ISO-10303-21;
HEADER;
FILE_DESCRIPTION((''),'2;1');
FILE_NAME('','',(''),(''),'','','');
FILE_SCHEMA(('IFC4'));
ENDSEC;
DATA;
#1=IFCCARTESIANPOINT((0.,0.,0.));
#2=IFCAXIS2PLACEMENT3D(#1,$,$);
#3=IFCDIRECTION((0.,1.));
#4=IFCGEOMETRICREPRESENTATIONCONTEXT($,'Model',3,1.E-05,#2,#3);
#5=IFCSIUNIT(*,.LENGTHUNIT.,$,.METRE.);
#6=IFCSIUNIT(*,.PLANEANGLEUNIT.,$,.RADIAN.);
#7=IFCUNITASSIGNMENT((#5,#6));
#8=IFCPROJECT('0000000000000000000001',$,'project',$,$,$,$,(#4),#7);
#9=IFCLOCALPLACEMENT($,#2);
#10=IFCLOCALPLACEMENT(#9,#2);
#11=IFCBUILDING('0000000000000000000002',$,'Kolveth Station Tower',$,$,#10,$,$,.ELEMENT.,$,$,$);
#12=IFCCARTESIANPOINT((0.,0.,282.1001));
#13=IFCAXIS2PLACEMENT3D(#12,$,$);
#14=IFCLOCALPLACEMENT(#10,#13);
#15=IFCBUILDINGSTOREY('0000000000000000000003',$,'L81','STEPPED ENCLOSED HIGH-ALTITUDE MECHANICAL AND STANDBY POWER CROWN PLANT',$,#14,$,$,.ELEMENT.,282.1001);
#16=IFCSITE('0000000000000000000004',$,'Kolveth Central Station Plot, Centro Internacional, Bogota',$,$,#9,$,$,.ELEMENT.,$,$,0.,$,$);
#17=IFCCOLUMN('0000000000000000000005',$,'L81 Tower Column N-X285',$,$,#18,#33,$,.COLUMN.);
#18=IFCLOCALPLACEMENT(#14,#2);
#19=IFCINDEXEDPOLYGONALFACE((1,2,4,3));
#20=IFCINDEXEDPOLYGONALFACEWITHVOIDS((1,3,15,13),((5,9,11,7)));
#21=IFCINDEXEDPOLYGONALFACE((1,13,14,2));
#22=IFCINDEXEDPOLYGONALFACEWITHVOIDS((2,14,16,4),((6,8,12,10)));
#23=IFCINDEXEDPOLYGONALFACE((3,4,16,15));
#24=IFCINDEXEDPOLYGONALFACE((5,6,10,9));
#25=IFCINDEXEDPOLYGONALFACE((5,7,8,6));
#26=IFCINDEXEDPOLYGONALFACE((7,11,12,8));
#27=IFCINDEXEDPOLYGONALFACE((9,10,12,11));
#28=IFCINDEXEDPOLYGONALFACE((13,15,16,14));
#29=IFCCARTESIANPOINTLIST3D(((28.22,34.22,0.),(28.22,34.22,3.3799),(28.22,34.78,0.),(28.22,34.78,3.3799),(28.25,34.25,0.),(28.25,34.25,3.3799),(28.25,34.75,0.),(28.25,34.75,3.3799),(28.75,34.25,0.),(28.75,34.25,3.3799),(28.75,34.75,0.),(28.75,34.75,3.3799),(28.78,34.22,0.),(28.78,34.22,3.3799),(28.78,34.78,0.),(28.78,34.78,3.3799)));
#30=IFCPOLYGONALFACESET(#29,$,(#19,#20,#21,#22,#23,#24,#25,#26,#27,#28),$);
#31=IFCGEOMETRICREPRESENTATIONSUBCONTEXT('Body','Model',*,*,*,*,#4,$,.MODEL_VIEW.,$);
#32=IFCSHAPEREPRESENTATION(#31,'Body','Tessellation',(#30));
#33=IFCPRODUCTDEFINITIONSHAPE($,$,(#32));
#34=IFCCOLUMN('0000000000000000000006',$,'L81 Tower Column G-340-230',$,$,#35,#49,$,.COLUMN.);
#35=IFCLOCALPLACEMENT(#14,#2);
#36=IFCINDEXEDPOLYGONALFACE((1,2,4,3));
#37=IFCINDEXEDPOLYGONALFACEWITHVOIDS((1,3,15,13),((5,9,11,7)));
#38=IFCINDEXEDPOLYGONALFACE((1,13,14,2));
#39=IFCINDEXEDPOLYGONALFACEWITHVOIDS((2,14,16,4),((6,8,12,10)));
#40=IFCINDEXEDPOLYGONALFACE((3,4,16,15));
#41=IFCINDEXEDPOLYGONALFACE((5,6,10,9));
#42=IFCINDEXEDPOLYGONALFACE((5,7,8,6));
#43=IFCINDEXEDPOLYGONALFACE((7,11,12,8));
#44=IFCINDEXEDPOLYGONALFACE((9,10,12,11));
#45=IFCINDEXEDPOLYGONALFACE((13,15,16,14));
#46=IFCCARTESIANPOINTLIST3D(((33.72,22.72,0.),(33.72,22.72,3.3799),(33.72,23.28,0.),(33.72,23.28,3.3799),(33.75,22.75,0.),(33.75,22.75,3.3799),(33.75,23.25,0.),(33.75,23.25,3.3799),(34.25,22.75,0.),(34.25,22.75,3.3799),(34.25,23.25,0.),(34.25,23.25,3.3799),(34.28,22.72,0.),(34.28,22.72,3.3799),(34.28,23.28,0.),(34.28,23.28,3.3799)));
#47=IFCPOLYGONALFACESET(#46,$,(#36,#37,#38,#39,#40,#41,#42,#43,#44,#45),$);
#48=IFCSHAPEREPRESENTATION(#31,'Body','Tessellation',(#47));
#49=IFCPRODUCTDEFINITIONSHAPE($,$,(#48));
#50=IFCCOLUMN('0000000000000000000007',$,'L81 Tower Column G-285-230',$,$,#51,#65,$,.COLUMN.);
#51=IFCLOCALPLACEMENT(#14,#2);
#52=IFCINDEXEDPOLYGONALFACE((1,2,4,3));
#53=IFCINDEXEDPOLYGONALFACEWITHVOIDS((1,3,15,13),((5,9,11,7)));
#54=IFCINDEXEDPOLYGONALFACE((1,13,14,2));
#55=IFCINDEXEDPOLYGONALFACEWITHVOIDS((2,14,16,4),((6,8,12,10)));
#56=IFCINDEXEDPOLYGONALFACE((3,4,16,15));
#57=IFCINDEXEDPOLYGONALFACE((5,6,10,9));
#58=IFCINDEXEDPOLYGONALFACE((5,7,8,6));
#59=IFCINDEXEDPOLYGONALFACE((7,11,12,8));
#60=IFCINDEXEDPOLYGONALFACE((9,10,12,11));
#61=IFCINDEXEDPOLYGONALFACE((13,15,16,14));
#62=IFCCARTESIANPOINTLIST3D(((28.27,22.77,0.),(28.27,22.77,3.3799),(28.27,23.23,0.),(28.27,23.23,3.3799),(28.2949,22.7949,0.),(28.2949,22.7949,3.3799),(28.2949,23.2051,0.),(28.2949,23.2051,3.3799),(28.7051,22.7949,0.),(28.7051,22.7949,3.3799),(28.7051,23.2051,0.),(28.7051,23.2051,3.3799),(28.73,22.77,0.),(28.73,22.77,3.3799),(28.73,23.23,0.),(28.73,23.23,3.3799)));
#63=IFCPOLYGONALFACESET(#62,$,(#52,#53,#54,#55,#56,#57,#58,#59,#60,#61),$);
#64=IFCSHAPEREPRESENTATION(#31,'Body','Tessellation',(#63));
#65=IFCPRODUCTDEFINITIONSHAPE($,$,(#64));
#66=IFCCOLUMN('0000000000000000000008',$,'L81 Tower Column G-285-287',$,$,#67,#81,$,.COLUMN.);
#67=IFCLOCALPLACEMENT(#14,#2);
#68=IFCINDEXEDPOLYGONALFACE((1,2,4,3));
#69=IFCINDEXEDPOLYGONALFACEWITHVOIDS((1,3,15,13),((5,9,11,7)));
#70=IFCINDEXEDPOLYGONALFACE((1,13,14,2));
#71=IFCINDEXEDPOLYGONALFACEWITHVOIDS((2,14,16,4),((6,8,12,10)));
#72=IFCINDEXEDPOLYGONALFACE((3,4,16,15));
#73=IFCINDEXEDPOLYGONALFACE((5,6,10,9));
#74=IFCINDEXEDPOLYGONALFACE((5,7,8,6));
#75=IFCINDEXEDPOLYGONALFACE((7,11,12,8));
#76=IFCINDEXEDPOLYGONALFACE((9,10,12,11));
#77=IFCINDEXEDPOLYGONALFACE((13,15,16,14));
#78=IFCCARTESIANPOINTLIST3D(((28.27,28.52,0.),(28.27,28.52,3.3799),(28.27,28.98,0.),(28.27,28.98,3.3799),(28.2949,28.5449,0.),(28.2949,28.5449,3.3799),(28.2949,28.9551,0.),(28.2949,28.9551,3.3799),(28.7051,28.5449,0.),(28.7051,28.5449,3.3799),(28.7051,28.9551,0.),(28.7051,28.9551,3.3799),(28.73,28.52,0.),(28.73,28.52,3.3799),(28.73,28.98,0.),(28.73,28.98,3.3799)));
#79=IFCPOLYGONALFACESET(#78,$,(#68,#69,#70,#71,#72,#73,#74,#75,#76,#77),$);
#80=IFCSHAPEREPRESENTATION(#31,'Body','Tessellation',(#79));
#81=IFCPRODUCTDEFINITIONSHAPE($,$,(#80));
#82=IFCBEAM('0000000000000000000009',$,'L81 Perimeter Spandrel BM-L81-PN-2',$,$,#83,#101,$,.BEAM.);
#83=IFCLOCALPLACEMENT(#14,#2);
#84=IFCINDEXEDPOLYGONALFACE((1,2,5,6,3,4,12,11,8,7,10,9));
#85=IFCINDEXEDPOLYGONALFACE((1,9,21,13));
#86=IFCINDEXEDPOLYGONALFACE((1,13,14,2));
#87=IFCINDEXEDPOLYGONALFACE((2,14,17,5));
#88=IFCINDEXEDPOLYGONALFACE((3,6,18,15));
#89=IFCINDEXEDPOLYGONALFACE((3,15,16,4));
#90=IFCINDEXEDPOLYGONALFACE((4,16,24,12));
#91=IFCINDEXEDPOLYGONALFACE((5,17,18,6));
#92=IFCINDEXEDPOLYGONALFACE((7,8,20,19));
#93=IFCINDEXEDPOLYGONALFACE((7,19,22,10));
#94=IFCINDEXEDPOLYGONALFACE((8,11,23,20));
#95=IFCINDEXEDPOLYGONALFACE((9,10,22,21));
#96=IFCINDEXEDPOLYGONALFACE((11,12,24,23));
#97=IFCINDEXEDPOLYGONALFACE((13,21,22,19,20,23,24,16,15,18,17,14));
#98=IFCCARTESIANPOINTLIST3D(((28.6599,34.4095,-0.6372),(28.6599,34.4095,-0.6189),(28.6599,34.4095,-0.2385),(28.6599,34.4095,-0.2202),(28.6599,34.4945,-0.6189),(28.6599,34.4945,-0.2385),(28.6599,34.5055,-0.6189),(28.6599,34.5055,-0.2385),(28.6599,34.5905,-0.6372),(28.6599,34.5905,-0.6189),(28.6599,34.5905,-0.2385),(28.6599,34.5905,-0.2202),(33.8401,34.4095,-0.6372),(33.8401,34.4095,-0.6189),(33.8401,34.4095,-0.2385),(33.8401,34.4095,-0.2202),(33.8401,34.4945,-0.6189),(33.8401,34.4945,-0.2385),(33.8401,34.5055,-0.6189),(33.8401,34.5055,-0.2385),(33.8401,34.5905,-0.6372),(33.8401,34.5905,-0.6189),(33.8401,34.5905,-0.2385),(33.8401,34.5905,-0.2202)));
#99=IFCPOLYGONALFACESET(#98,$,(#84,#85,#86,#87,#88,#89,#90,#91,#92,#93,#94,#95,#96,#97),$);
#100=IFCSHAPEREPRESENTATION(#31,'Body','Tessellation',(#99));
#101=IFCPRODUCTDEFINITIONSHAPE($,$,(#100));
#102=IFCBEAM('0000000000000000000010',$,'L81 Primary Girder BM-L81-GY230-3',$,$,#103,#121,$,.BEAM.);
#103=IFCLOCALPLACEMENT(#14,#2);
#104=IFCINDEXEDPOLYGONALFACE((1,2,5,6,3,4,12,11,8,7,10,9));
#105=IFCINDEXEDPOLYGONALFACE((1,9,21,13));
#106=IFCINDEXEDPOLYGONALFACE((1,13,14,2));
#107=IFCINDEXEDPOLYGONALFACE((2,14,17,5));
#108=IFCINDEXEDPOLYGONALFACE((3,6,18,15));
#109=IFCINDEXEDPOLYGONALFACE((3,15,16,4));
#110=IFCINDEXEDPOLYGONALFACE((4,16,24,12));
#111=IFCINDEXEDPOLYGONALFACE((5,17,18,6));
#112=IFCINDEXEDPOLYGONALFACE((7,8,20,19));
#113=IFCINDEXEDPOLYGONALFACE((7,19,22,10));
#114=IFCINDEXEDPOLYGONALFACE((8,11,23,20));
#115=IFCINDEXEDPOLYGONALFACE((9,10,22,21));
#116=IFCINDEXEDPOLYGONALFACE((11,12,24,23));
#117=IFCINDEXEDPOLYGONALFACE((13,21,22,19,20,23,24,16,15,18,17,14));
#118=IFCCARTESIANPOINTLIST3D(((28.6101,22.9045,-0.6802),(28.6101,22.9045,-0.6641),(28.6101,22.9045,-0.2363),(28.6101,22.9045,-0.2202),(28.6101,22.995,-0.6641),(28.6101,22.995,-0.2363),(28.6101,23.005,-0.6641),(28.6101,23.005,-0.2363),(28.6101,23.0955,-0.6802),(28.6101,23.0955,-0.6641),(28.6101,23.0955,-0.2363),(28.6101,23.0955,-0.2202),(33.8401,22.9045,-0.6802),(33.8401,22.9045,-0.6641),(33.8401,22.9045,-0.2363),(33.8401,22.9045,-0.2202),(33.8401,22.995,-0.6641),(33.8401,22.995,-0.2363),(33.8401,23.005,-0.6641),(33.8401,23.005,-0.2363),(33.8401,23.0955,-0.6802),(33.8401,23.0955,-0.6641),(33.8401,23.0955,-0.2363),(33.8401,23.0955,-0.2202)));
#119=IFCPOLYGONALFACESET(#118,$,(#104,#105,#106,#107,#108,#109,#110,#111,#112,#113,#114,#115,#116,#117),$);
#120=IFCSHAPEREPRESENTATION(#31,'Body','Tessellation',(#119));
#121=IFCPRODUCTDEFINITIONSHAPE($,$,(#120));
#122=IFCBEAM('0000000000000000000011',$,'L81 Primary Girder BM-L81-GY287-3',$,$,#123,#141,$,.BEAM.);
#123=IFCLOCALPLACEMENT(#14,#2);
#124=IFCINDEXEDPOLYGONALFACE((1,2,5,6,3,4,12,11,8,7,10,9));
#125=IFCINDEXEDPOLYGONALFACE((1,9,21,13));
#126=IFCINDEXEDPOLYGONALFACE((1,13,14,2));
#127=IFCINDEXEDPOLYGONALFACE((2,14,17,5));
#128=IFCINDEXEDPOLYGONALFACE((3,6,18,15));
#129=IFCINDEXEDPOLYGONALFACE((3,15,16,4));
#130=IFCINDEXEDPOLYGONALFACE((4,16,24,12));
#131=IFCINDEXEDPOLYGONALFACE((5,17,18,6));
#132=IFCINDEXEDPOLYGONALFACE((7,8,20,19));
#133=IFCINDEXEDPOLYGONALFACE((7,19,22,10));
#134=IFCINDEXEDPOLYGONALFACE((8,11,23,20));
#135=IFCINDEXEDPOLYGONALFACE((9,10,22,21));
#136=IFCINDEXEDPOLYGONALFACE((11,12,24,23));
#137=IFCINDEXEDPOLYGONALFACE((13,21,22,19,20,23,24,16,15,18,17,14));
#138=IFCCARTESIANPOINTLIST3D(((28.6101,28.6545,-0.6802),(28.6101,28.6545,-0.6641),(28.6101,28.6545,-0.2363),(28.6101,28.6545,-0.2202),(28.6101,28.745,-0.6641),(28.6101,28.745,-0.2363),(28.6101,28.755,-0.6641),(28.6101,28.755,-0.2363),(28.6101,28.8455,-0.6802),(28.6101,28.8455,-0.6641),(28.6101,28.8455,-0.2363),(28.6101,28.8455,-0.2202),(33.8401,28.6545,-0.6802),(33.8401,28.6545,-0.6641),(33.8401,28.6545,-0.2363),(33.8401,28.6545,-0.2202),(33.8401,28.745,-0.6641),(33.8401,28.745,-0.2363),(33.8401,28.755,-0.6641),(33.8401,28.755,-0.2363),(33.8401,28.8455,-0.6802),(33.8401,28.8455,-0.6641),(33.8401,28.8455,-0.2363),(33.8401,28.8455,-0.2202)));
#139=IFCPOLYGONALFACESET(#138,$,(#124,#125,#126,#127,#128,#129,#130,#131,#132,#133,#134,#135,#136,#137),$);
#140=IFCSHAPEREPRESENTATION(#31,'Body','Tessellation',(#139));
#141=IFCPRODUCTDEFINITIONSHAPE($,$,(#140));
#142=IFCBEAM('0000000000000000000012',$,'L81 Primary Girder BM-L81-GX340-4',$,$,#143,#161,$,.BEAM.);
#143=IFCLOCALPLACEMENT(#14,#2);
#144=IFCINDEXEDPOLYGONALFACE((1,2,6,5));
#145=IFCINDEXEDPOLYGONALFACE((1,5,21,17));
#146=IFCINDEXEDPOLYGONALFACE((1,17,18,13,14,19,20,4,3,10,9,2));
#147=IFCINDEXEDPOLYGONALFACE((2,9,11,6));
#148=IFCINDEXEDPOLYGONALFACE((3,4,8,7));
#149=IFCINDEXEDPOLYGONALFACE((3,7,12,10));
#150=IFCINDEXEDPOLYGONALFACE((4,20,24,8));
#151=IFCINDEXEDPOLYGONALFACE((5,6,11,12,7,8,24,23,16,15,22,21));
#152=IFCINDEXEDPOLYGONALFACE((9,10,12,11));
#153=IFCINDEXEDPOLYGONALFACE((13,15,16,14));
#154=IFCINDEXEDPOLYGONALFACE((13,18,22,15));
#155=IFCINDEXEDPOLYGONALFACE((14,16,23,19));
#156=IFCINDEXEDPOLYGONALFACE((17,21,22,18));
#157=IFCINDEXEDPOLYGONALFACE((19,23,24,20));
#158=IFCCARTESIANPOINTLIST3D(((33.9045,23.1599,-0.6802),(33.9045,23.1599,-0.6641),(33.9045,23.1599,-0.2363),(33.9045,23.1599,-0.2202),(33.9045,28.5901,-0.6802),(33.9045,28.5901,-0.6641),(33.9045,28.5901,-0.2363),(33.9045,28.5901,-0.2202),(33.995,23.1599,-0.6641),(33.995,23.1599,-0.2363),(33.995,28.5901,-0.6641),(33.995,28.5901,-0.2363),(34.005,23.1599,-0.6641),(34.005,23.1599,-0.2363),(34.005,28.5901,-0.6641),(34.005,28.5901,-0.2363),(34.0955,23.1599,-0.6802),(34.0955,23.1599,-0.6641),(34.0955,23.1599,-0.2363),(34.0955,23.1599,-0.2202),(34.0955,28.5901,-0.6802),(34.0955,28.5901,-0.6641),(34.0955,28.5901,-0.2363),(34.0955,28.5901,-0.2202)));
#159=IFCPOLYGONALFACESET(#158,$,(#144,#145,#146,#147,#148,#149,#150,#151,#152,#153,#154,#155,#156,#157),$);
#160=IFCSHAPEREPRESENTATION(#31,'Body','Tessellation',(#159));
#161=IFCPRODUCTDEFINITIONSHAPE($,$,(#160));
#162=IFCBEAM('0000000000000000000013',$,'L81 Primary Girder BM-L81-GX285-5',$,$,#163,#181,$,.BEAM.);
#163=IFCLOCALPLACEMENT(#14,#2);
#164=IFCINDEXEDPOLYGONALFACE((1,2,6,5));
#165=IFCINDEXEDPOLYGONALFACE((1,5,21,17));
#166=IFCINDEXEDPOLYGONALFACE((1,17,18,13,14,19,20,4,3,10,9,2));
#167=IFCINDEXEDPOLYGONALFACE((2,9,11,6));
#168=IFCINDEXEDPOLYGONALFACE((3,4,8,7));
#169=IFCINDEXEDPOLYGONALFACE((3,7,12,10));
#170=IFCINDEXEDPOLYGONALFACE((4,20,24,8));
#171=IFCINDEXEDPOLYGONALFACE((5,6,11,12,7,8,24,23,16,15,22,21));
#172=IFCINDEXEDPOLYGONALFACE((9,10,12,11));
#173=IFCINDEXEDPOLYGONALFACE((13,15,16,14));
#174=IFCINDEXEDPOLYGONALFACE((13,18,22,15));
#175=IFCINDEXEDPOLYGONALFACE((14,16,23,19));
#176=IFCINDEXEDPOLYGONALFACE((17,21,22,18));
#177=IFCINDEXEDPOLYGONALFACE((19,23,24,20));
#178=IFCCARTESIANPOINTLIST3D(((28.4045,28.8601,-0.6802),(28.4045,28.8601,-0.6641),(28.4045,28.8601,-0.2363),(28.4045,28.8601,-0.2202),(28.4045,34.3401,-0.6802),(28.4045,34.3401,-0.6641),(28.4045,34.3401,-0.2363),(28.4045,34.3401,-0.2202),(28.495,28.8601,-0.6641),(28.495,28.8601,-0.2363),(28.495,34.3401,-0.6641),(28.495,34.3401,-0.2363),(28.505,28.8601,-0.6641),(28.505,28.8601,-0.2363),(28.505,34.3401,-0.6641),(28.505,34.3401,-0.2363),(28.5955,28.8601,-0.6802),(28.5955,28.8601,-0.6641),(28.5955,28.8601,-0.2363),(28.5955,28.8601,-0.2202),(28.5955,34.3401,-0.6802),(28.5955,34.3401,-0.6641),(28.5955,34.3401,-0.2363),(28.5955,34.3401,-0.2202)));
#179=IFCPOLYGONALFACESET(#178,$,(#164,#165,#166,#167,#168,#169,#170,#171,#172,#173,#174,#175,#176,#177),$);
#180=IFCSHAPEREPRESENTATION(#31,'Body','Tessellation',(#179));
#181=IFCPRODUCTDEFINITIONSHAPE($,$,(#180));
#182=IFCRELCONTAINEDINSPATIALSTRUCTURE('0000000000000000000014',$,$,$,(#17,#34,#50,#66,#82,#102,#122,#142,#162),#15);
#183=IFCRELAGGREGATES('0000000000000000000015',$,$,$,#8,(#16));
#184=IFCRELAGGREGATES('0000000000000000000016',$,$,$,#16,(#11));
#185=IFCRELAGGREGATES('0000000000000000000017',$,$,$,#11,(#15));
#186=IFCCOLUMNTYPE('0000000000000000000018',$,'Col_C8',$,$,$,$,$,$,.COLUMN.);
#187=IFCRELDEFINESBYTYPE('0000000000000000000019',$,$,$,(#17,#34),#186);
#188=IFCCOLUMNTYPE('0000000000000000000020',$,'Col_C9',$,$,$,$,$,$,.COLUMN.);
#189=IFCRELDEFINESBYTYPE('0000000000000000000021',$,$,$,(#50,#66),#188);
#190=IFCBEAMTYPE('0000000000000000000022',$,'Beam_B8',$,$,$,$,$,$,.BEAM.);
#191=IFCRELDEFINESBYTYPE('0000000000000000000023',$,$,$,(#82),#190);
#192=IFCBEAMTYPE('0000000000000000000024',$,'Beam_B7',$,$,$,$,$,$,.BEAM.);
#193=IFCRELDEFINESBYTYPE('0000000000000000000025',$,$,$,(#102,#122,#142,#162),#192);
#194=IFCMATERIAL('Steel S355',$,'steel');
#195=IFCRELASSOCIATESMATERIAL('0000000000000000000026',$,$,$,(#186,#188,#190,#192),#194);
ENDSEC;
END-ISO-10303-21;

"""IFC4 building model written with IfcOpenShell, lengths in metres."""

from ifc_helpers import new_model, si_unit, direction, frame, origin, origin_2d, place, context, subcontext, project, spatial, hollow_rectangle, i_section, extrude, source, transform, mapped, material, material_profile, profile_set, type_object, element, save


model = new_model("IFC4")

# Units and contexts
model_context = context("Model", 3, precision=1e-05, world=origin(), true_north=direction((0.0, 1.0)))
body_context = subcontext(model_context, "Body", "Model", "MODEL_VIEW")
ifc_project = project(units=[si_unit("LENGTHUNIT", "METRE"), si_unit("PLANEANGLEUNIT", "RADIAN")], contexts=[model_context])

# Site, building, storey
site_placement = place(None, origin())
site = spatial("IfcSite", under=ifc_project, at=site_placement, Name="Kolveth Central Station Plot, Centro Internacional, Bogota", CompositionType="ELEMENT", RefElevation=0.0)
building_placement = place(site_placement, origin())
building = spatial("IfcBuilding", under=site, at=building_placement, Name="Kolveth Station Tower", CompositionType="ELEMENT")
storey_placement = place(building_placement, frame((0.0, 0.0, 282.1001)))
storey = spatial("IfcBuildingStorey", under=building, at=storey_placement, Name="L81", Description="STEPPED ENCLOSED HIGH-ALTITUDE MECHANICAL AND STANDBY POWER CROWN PLANT", CompositionType="ELEMENT", Elevation=282.1001)

# Columns
ifc_material_1 = material(Name="Steel S355", Category="steel")
ifc_material_profile_1 = material_profile(ifc_material_1, hollow_rectangle(XDim=0.5601, YDim=0.5601, WallThickness=0.03, at=origin_2d()), Name="BOX560x560x30")
ifc_profile_set_1 = profile_set([ifc_material_profile_1], Name="Steel S355")
column_type_1 = type_object("IfcColumnType", Name="Col_C8", PredefinedType="COLUMN", material=ifc_profile_set_1)
shared_shape_1 = source(origin(), body_context, "Body", "SweptSolid", [
    extrude(hollow_rectangle(XDim=0.5601, YDim=0.5601, WallThickness=0.03, at=origin_2d()), origin(), (0.0, 0.0, 1.0), 3.3799),
])
for number, where, z_axis, x_axis, name in (
    (1, (28.5, 34.5, 0.0), (0.0, 0.0, 1.0), (1.0, 0.0, 0.0), "L81 Tower Column N-X285"),
    (2, (34.0, 23.0, 0.0), (0.0, 0.0, 1.0), (1.0, 0.0, 0.0), "L81 Tower Column G-340-230"),
):
    element("IfcColumn", number, at=place(storey_placement, frame(where, z_axis=z_axis, x_axis=x_axis)), inside=storey, type_object=column_type_1, Name=name, PredefinedType="COLUMN", context=body_context, shape_type="MappedRepresentation", body=[
        mapped(shared_shape_1, transform((0.0, 0.0, 0.0), x_axis=(1.0, 0.0, 0.0), y_axis=(0.0, 1.0, 0.0), z_axis=(0.0, 0.0, 1.0), scale=1.0)),
    ])
ifc_material_profile_2 = material_profile(ifc_material_1, hollow_rectangle(XDim=0.46, YDim=0.46, WallThickness=0.0249, at=origin_2d()), Name="BOX460x460x25")
ifc_profile_set_2 = profile_set([ifc_material_profile_2], Name="Steel S355")
column_type_2 = type_object("IfcColumnType", Name="Col_C9", PredefinedType="COLUMN", material=ifc_profile_set_2)
shared_shape_2 = source(origin(), body_context, "Body", "SweptSolid", [
    extrude(hollow_rectangle(XDim=0.46, YDim=0.46, WallThickness=0.0249, at=origin_2d()), origin(), (0.0, 0.0, 1.0), 3.3799),
])
for number, where, z_axis, x_axis, name in (
    (3, (28.5, 23.0, 0.0), (0.0, 0.0, 1.0), (1.0, 0.0, 0.0), "L81 Tower Column G-285-230"),
    (4, (28.5, 28.75, 0.0), (0.0, 0.0, 1.0), (1.0, 0.0, 0.0), "L81 Tower Column G-285-287"),
):
    element("IfcColumn", number, at=place(storey_placement, frame(where, z_axis=z_axis, x_axis=x_axis)), inside=storey, type_object=column_type_2, Name=name, PredefinedType="COLUMN", context=body_context, shape_type="MappedRepresentation", body=[
        mapped(shared_shape_2, transform((0.0, 0.0, 0.0), x_axis=(1.0, 0.0, 0.0), y_axis=(0.0, 1.0, 0.0), z_axis=(0.0, 0.0, 1.0), scale=1.0)),
    ])

# Beams
ifc_material_profile_3 = material_profile(ifc_material_1, i_section(OverallWidth=0.1809, OverallDepth=0.417, WebThickness=0.011, FlangeThickness=0.0183, at=origin_2d()), Name="W410x85")
ifc_profile_set_3 = profile_set([ifc_material_profile_3], Name="Steel S355")
beam_type_1 = type_object("IfcBeamType", Name="Beam_B8", PredefinedType="BEAM", material=ifc_profile_set_3)
shared_shape_3 = source(origin(), body_context, "Body", "SweptSolid", [
    extrude(i_section(OverallWidth=0.1809, OverallDepth=0.417, WebThickness=0.011, FlangeThickness=0.0183, at=origin_2d()), origin(), (0.0, 0.0, 1.0), 5.1802),
])
beam_1_placement = place(storey_placement, frame((28.6599, 34.5, -0.4287), z_axis=(1.0, 0.0, 0.0), x_axis=(0.0, 1.0, 0.0)))
element("IfcBeam", 5, at=beam_1_placement, inside=storey, type_object=beam_type_1, Name="L81 Perimeter Spandrel BM-L81-PN-2", PredefinedType="BEAM", context=body_context, shape_type="MappedRepresentation", body=[
    mapped(shared_shape_3, transform((0.0, 0.0, 0.0), x_axis=(1.0, 0.0, 0.0), y_axis=(0.0, 1.0, 0.0), z_axis=(0.0, 0.0, 1.0), scale=1.0)),
])
ifc_material_profile_4 = material_profile(ifc_material_1, i_section(OverallWidth=0.1909, OverallDepth=0.46, WebThickness=0.01, FlangeThickness=0.0161, at=origin_2d()), Name="W460x82")
ifc_profile_set_4 = profile_set([ifc_material_profile_4], Name="Steel S355")
beam_type_2 = type_object("IfcBeamType", Name="Beam_B7", PredefinedType="BEAM", material=ifc_profile_set_4)
shared_shape_4 = source(origin(), body_context, "Body", "SweptSolid", [
    extrude(i_section(OverallWidth=0.1909, OverallDepth=0.46, WebThickness=0.01, FlangeThickness=0.0161, at=origin_2d()), origin(), (0.0, 0.0, 1.0), 5.23),
])
for number, where, z_axis, x_axis, name in (
    (6, (28.6101, 23.0, -0.4502), (1.0, 0.0, 0.0), (0.0, 1.0, 0.0), "L81 Primary Girder BM-L81-GY230-3"),
    (7, (28.6101, 28.75, -0.4502), (1.0, 0.0, 0.0), (0.0, 1.0, 0.0), "L81 Primary Girder BM-L81-GY287-3"),
):
    element("IfcBeam", number, at=place(storey_placement, frame(where, z_axis=z_axis, x_axis=x_axis)), inside=storey, type_object=beam_type_2, Name=name, PredefinedType="BEAM", context=body_context, shape_type="MappedRepresentation", body=[
        mapped(shared_shape_4, transform((0.0, 0.0, 0.0), x_axis=(1.0, 0.0, 0.0), y_axis=(0.0, 1.0, 0.0), z_axis=(0.0, 0.0, 1.0), scale=1.0)),
    ])
shared_shape_5 = source(origin(), body_context, "Body", "SweptSolid", [
    extrude(i_section(OverallWidth=0.1909, OverallDepth=0.46, WebThickness=0.01, FlangeThickness=0.0161, at=origin_2d()), origin(), (0.0, 0.0, 1.0), 5.4302),
])
beam_2_placement = place(storey_placement, frame((34.0, 23.1599, -0.4502), z_axis=(0.0, 1.0, 0.0), x_axis=(-1.0, 0.0, 0.0)))
element("IfcBeam", 8, at=beam_2_placement, inside=storey, type_object=beam_type_2, Name="L81 Primary Girder BM-L81-GX340-4", PredefinedType="BEAM", context=body_context, shape_type="MappedRepresentation", body=[
    mapped(shared_shape_5, transform((0.0, 0.0, 0.0), x_axis=(1.0, 0.0, 0.0), y_axis=(0.0, 1.0, 0.0), z_axis=(0.0, 0.0, 1.0), scale=1.0)),
])
shared_shape_6 = source(origin(), body_context, "Body", "SweptSolid", [
    extrude(i_section(OverallWidth=0.1909, OverallDepth=0.46, WebThickness=0.01, FlangeThickness=0.0161, at=origin_2d()), origin(), (0.0, 0.0, 1.0), 5.48),
])
beam_3_placement = place(storey_placement, frame((28.5, 28.8601, -0.4502), z_axis=(0.0, 1.0, 0.0), x_axis=(-1.0, 0.0, 0.0)))
element("IfcBeam", 9, at=beam_3_placement, inside=storey, type_object=beam_type_2, Name="L81 Primary Girder BM-L81-GX285-5", PredefinedType="BEAM", context=body_context, shape_type="MappedRepresentation", body=[
    mapped(shared_shape_6, transform((0.0, 0.0, 0.0), x_axis=(1.0, 0.0, 0.0), y_axis=(0.0, 1.0, 0.0), z_axis=(0.0, 0.0, 1.0), scale=1.0)),
])

save(model, "model.ifc")
